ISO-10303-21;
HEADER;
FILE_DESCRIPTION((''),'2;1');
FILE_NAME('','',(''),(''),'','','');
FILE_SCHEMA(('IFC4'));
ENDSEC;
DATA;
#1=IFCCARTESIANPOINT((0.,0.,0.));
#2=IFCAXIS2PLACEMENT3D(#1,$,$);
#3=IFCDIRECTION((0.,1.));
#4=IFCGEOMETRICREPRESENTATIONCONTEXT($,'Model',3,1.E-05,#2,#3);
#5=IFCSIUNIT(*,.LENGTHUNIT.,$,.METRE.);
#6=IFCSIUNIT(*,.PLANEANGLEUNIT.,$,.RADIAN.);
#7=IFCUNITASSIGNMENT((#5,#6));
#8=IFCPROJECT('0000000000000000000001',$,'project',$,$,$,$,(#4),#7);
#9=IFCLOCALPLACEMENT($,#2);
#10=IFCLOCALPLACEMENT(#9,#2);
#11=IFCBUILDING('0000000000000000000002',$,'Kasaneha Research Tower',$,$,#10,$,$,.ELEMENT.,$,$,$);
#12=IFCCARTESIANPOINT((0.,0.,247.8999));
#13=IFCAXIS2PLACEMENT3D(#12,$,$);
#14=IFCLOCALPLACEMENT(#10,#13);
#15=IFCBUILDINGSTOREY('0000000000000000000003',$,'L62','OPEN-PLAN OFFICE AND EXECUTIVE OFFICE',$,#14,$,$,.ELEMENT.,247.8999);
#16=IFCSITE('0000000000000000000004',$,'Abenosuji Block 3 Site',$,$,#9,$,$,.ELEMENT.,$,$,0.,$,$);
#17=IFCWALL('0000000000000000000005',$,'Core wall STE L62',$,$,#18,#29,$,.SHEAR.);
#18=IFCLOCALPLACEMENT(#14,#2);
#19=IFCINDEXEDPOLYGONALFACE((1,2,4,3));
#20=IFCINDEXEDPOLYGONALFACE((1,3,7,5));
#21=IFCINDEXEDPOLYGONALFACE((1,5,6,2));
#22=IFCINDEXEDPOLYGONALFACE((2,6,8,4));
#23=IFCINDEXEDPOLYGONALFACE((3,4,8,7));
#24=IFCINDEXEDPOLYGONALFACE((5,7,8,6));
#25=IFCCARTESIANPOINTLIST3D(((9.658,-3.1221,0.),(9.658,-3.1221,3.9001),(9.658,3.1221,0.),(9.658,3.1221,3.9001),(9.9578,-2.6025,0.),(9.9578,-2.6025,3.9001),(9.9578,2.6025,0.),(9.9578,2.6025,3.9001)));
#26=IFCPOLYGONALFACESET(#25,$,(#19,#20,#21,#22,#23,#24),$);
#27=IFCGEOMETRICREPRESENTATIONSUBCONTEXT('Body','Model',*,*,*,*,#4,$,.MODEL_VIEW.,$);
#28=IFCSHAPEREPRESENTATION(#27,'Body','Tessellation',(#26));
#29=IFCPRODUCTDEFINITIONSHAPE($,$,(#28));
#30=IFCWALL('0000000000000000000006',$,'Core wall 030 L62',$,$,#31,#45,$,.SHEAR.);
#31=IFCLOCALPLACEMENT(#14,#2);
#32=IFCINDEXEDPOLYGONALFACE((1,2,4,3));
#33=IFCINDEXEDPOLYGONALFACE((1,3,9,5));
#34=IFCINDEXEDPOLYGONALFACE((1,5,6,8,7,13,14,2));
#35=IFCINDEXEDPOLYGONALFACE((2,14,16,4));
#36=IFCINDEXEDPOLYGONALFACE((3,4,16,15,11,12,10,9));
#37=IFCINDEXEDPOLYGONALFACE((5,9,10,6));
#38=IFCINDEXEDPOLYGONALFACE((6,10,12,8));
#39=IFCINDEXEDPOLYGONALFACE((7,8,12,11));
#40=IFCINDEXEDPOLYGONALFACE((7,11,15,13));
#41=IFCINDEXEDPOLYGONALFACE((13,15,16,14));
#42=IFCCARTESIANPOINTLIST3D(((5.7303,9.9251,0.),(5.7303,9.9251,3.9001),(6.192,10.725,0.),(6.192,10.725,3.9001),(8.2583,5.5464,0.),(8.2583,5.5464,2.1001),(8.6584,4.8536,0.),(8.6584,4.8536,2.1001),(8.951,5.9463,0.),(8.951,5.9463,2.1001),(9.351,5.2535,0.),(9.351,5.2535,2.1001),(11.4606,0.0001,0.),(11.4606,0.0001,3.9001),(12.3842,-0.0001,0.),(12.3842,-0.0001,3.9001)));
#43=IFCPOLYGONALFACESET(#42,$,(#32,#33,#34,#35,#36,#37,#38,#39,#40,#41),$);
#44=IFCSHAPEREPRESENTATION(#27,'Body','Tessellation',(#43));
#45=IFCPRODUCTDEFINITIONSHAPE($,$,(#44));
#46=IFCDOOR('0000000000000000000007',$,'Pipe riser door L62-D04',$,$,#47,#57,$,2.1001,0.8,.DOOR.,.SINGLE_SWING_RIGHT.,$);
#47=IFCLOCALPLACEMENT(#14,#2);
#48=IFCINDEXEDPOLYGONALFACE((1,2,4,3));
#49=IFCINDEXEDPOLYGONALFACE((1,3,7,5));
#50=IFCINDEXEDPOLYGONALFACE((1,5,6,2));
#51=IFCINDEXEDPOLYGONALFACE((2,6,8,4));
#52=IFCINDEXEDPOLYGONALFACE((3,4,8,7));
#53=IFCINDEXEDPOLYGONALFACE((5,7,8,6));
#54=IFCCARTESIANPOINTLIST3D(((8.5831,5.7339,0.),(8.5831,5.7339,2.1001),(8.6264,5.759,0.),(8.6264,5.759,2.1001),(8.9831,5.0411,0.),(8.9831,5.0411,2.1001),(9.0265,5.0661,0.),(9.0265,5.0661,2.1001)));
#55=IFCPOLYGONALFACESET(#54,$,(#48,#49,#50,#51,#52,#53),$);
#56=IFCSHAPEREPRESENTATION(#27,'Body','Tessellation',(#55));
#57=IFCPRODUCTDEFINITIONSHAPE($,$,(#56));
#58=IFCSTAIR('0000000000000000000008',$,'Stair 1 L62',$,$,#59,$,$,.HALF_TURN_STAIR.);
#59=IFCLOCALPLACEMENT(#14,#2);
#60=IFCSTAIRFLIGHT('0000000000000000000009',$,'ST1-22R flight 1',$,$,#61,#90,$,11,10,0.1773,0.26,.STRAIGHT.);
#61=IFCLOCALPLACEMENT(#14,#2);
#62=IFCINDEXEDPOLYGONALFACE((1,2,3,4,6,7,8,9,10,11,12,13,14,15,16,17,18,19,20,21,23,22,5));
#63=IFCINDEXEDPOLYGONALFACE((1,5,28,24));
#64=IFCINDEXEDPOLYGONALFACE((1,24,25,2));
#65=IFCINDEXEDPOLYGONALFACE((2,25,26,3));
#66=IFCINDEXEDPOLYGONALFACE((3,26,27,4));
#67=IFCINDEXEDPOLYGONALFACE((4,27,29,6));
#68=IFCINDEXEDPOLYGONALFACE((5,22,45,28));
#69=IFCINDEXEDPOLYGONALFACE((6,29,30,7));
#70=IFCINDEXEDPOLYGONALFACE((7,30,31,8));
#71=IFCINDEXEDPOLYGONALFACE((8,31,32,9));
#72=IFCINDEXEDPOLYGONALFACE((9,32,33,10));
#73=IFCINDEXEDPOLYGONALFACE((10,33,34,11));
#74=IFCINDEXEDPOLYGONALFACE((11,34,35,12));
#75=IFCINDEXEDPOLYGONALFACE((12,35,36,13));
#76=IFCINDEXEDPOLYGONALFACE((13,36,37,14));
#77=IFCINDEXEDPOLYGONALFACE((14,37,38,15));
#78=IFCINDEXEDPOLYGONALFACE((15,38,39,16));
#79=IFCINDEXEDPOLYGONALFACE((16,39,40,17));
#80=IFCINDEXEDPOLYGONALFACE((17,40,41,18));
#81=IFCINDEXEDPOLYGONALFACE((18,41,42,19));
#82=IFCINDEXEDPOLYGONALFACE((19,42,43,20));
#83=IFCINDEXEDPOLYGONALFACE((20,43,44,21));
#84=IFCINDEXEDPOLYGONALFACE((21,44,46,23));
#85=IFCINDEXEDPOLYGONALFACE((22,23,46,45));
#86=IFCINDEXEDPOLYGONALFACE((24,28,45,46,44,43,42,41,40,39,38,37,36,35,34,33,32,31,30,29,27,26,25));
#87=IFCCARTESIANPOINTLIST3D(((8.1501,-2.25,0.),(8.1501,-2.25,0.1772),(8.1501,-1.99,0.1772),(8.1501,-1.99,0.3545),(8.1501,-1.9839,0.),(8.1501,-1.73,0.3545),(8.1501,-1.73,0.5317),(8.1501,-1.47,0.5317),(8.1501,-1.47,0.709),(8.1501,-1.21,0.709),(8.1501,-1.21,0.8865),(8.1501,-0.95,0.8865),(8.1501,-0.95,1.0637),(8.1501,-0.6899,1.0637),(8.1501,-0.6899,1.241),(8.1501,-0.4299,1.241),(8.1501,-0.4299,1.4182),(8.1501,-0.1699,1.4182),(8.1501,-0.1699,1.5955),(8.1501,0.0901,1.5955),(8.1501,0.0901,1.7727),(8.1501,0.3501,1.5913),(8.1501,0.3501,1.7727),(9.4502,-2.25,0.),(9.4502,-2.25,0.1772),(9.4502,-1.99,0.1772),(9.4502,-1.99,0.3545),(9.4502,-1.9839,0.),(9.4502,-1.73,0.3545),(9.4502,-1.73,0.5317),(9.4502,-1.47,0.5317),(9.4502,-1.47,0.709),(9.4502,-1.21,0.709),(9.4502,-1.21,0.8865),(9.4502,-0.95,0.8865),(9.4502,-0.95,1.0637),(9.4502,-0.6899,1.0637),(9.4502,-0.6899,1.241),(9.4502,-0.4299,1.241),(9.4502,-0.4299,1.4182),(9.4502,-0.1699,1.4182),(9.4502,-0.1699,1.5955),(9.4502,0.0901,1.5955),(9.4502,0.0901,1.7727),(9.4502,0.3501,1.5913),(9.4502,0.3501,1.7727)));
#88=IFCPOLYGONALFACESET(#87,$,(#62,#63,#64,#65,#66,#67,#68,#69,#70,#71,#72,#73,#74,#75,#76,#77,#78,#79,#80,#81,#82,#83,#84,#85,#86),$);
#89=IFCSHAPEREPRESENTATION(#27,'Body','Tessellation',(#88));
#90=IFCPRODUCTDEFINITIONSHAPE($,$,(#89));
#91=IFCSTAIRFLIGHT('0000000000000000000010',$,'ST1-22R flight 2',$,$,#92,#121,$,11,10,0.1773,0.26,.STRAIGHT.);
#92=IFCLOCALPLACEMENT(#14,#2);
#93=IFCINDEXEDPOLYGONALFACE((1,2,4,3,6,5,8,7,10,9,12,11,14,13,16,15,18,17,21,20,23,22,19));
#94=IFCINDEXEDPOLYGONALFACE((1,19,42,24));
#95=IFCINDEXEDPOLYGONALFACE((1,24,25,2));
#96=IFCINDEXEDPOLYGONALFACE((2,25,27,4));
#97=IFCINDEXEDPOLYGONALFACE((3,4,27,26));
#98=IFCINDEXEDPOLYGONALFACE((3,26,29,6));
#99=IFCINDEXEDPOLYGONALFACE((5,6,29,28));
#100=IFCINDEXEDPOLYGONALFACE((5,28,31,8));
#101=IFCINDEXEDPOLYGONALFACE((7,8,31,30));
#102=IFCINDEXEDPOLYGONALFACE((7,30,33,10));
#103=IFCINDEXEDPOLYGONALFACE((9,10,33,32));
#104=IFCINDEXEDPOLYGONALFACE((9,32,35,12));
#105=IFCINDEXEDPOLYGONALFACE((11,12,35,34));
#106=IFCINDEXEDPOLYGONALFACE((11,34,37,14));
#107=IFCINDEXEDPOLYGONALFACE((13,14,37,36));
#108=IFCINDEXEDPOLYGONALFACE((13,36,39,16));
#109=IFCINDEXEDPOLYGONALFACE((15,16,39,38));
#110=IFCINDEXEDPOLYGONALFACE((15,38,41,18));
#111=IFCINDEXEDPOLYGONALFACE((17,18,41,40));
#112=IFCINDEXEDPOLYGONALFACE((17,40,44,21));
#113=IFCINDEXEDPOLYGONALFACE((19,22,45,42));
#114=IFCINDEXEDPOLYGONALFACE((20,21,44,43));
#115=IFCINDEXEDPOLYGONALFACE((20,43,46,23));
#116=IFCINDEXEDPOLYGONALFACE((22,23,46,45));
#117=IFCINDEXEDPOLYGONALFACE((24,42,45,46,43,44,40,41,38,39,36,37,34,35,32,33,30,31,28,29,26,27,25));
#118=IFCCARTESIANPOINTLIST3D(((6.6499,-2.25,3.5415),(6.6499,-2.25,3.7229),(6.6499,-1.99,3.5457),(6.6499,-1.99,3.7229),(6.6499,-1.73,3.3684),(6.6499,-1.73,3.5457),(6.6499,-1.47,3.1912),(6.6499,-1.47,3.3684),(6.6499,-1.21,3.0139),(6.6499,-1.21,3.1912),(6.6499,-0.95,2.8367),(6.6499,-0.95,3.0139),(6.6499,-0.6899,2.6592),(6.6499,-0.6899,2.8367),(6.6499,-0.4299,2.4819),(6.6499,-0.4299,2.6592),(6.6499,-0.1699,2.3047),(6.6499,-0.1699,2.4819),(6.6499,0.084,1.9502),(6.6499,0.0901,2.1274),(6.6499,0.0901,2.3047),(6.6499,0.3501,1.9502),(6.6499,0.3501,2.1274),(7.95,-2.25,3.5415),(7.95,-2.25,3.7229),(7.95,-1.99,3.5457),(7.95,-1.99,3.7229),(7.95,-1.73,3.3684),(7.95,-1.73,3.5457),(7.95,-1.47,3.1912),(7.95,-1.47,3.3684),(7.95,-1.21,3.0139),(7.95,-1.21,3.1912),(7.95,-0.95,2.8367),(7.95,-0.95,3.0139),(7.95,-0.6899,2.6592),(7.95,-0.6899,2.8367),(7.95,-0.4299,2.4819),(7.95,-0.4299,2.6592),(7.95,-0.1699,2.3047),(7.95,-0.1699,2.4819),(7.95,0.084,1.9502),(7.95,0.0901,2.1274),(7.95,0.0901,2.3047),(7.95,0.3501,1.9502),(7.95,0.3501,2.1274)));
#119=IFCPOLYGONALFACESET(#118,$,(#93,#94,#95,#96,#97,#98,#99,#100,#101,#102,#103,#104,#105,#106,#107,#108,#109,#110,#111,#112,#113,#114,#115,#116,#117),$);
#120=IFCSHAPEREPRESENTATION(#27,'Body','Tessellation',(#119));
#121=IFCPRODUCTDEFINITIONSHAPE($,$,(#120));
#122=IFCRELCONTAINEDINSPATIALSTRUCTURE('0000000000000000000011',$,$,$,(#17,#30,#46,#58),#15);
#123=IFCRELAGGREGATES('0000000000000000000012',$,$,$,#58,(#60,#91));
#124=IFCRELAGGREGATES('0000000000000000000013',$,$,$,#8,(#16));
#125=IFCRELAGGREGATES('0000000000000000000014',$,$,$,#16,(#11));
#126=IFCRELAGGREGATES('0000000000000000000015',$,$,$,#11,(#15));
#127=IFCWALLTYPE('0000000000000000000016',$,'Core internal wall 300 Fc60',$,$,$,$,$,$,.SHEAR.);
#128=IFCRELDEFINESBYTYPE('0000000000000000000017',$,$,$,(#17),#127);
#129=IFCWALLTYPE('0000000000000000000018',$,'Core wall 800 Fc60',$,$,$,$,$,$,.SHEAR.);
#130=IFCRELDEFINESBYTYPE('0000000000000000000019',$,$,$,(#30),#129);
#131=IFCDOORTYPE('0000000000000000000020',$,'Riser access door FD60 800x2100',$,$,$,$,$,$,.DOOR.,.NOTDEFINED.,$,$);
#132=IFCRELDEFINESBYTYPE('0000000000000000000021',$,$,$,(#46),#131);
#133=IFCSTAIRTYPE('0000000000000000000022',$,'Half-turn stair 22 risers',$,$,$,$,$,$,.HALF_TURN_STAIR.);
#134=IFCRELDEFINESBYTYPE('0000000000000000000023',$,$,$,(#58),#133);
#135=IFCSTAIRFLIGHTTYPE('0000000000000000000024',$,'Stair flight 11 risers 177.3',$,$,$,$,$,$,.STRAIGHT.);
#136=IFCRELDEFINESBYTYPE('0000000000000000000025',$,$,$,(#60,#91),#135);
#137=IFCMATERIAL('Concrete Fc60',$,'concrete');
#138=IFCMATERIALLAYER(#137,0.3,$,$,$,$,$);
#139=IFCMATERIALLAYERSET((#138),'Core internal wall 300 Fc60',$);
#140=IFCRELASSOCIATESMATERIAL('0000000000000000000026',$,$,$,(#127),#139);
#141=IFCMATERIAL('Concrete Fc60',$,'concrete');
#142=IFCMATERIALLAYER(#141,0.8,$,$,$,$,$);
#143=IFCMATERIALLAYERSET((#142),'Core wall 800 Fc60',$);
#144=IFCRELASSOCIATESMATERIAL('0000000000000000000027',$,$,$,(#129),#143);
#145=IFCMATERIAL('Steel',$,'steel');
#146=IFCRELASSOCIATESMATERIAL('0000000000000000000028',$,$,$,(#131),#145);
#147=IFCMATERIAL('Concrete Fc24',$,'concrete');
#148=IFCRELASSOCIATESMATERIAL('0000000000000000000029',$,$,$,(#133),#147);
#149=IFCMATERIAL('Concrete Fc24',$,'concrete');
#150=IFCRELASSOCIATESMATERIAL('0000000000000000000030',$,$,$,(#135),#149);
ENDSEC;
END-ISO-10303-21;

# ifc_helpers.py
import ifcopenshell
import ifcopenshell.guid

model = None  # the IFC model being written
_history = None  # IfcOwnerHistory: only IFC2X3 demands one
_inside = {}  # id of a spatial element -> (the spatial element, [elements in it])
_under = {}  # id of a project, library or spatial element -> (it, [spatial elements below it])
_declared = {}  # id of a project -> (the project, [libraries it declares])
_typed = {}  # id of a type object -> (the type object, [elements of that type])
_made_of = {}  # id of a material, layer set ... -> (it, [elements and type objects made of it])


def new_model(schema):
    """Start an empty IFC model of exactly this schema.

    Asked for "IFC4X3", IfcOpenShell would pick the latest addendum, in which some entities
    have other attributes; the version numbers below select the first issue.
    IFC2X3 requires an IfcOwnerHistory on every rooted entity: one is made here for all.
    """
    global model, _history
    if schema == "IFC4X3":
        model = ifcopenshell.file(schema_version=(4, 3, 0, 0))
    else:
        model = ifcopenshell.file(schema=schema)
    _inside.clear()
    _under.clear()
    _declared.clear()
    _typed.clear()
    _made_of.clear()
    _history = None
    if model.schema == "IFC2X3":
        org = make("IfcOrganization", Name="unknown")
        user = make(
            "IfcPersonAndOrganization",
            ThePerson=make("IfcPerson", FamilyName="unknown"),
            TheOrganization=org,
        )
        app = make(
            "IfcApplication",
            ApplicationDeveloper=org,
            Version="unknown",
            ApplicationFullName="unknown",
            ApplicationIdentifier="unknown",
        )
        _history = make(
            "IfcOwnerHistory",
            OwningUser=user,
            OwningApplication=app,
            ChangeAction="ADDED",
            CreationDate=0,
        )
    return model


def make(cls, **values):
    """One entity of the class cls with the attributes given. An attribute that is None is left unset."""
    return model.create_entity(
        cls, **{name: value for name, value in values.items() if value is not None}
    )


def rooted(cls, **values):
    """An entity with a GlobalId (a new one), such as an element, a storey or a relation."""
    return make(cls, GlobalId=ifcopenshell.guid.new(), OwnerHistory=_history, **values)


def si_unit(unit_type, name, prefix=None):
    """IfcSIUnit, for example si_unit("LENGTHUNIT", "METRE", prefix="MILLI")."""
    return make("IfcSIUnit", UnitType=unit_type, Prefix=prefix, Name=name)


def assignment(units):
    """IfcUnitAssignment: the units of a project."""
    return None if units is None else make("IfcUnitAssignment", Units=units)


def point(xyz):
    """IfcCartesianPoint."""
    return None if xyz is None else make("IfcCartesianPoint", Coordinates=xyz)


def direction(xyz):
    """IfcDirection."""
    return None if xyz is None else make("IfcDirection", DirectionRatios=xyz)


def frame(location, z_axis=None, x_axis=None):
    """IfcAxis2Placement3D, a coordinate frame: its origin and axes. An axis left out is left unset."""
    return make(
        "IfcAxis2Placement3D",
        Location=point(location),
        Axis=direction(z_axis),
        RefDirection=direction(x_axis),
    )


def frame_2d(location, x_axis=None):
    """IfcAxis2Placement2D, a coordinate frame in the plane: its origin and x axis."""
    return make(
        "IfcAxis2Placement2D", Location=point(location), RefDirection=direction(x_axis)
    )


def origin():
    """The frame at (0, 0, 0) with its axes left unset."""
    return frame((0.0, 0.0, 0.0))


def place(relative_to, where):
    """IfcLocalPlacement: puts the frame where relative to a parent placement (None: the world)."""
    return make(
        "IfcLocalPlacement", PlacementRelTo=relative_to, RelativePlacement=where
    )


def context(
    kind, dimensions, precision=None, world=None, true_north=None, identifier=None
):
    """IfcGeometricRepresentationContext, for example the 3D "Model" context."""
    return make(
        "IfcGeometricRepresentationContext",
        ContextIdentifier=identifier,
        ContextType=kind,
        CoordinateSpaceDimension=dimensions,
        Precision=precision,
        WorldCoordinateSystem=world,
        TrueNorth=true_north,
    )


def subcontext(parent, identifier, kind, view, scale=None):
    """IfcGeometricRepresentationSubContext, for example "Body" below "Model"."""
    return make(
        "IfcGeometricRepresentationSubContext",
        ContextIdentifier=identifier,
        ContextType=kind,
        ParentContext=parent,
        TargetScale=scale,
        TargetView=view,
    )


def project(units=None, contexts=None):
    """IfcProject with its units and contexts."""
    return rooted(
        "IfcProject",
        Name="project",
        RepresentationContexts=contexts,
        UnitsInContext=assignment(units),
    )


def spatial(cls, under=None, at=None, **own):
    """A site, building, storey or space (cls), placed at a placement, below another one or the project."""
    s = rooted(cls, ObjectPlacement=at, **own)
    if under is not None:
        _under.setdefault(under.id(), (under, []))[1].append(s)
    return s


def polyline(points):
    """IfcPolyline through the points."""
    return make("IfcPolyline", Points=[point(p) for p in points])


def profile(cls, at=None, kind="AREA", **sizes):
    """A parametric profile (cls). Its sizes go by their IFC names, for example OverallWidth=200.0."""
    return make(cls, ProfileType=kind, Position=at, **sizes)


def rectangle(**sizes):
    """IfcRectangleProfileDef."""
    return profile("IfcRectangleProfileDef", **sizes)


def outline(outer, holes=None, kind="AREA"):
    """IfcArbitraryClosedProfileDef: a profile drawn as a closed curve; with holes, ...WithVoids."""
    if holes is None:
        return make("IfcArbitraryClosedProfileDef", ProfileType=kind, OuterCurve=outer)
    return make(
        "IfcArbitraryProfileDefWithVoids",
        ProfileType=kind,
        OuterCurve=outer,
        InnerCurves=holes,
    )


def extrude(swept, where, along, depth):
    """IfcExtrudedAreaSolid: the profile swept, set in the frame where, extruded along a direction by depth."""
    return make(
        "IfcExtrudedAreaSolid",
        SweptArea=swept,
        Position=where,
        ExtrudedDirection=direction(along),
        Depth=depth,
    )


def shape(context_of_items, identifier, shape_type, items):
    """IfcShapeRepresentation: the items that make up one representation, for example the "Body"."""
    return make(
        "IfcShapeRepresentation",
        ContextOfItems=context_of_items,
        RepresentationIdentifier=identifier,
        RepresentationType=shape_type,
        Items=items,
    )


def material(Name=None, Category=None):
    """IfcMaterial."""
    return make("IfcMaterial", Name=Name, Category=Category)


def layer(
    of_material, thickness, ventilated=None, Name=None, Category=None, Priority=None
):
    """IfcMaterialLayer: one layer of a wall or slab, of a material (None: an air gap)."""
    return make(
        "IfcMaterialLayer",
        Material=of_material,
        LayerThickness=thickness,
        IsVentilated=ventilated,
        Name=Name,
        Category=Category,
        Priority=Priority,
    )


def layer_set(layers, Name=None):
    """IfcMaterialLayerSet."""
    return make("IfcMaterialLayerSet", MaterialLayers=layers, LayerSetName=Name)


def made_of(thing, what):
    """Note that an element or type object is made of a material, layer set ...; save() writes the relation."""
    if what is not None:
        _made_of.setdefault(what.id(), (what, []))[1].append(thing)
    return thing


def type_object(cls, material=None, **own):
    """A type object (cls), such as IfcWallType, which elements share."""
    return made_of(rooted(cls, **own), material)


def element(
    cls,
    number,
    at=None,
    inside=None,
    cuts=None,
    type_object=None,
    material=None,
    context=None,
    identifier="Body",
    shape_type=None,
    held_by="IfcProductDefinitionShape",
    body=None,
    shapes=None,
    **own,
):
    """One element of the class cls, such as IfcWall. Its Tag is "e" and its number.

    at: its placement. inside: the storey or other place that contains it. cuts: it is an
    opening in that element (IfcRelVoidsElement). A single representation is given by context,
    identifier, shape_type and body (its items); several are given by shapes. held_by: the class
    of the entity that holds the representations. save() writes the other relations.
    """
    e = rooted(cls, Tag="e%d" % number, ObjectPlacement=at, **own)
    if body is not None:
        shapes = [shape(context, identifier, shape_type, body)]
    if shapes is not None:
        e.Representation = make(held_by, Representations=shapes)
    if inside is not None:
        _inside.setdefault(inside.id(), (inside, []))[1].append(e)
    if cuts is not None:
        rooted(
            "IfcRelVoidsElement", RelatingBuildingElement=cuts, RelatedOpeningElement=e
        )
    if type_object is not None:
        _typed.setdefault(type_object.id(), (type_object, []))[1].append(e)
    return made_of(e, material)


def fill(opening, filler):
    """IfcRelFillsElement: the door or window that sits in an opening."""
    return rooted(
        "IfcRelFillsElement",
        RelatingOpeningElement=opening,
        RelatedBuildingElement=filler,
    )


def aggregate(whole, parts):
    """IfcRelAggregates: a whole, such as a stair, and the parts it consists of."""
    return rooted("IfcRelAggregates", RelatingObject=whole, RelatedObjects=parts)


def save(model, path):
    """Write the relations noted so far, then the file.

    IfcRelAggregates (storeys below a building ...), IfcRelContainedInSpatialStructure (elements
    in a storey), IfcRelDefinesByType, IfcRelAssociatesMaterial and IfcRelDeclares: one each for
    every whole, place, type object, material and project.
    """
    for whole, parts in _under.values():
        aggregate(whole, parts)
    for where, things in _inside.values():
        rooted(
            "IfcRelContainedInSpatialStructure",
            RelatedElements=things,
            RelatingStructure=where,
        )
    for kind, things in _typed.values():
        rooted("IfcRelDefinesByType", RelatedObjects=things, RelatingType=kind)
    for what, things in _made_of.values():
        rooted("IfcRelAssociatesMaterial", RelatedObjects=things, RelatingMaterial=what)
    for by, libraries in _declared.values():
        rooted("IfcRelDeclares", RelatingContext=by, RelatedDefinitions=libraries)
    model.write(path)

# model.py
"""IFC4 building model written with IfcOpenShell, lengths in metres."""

from ifc_helpers import new_model, si_unit, direction, frame, frame_2d, origin, place, context, subcontext, project, spatial, polyline, rectangle, outline, extrude, material, layer, layer_set, type_object, element, fill, aggregate, save


model = new_model("IFC4")

# Units and contexts
model_context = context("Model", 3, precision=1e-05, world=origin(), true_north=direction((0.0, 1.0)))
body_context = subcontext(model_context, "Body", "Model", "MODEL_VIEW")
ifc_project = project(units=[si_unit("LENGTHUNIT", "METRE"), si_unit("PLANEANGLEUNIT", "RADIAN")], contexts=[model_context])

# Site, building, storey
site_placement = place(None, origin())
site = spatial("IfcSite", under=ifc_project, at=site_placement, Name="Abenosuji Block 3 Site", CompositionType="ELEMENT", RefElevation=0.0)
building_placement = place(site_placement, origin())
building = spatial("IfcBuilding", under=site, at=building_placement, Name="Kasaneha Research Tower", CompositionType="ELEMENT")
storey_placement = place(building_placement, frame((0.0, 0.0, 247.8999)))
storey = spatial("IfcBuildingStorey", under=building, at=storey_placement, Name="L62", Description="OPEN-PLAN OFFICE AND EXECUTIVE OFFICE", CompositionType="ELEMENT", Elevation=247.8999)

# Shared definitions
ifc_material_1 = material(Name="Concrete Fc60", Category="concrete")
ifc_layer_1 = layer(ifc_material_1, 0.3)
ifc_layer_set_1 = layer_set([ifc_layer_1], Name="Core internal wall 300 Fc60")
wall_type_1 = type_object("IfcWallType", Name="Core internal wall 300 Fc60", PredefinedType="SHEAR", material=ifc_layer_set_1)

# Wall
wall_1_placement = place(storey_placement, frame((9.8079, -2.8623, 0.0), z_axis=(0.0, 0.0, 1.0), x_axis=(0.0, 1.0, 0.0)))
element("IfcWall", 1, at=wall_1_placement, inside=storey, type_object=wall_type_1, Name="Core wall STE L62", PredefinedType="SHEAR", context=body_context, shape_type="SweptSolid", body=[
    extrude(outline(polyline([(0.2598, -0.1499), (5.4648, -0.1499), (5.9844, 0.1499), (-0.2598, 0.1499), (0.2598, -0.1499)])), origin(), (0.0, 0.0, 1.0), 3.9001),
])

# Wall, opening, door
ifc_material_2 = material(Name="Concrete Fc60", Category="concrete")
ifc_layer_2 = layer(ifc_material_2, 0.8)
ifc_layer_set_2 = layer_set([ifc_layer_2], Name="Core wall 800 Fc60")
wall_type_2 = type_object("IfcWallType", Name="Core wall 800 Fc60", PredefinedType="SHEAR", material=ifc_layer_set_2)
wall_2_placement = place(storey_placement, frame((11.9224, 0.0, 0.0), z_axis=(0.0, 0.0, 1.0), x_axis=(-0.500004, 0.866023, 0.0)))
wall_2 = element("IfcWall", 2, at=wall_2_placement, inside=storey, type_object=wall_type_2, Name="Core wall 030 L62", PredefinedType="SHEAR", context=body_context, shape_type="SweptSolid", body=[
    extrude(outline(polyline([(-0.231, -0.3999), (5.8354, -0.3999), (6.6355, -0.3999), (12.1533, -0.3999), (11.6914, 0.3999), (6.6355, 0.3999), (5.8354, 0.3999), (0.231, 0.3999), (-0.231, -0.3999)])), origin(), (0.0, 0.0, 1.0), 3.9001),
])
opening_1_placement = place(wall_2_placement, frame((5.8354, 0.0, 0.0)))
opening_1 = element("IfcOpeningElement", 3, at=opening_1_placement, cuts=wall_2, PredefinedType="OPENING", context=body_context, shape_type="SweptSolid", body=[
    extrude(rectangle(XDim=0.8, YDim=2.1001, at=frame_2d((0.3999, 1.05))), frame((0.0, 0.4102, 0.0), z_axis=(0.0, -1.0, 0.0), x_axis=(1.0, 0.0, 0.0)), (0.0, 0.0, 1.0), 0.8201),
])
ifc_material_3 = material(Name="Steel", Category="steel")
door_type_1 = type_object("IfcDoorType", Name="Riser access door FD60 800x2100", OperationType="NOTDEFINED", PredefinedType="DOOR", material=ifc_material_3)
door_1_placement = place(opening_1_placement, origin())
door_1 = element("IfcDoor", 4, at=door_1_placement, inside=storey, type_object=door_type_1, Name="Pipe riser door L62-D04", OperationType="SINGLE_SWING_RIGHT", OverallHeight=2.1001, OverallWidth=0.8, PredefinedType="DOOR", context=body_context, shape_type="SweptSolid", body=[
    extrude(rectangle(XDim=0.8, YDim=2.1001, at=frame_2d((0.3999, 1.05))), frame((0.0, 0.0249, 0.0), z_axis=(0.0, -1.0, 0.0), x_axis=(1.0, 0.0, 0.0)), (0.0, 0.0, 1.0), 0.05),
])
fill(opening_1, door_1)

# Stair, stair flights
ifc_material_4 = material(Name="Concrete Fc24", Category="concrete")
stair_type = type_object("IfcStairType", Name="Half-turn stair 22 risers", PredefinedType="HALF_TURN_STAIR", material=ifc_material_4)
stair_placement = place(storey_placement, origin())
stair = element("IfcStair", 5, at=stair_placement, inside=storey, type_object=stair_type, Name="Stair 1 L62", PredefinedType="HALF_TURN_STAIR")
ifc_material_5 = material(Name="Concrete Fc24", Category="concrete")
stair_flight_type = type_object("IfcStairFlightType", Name="Stair flight 11 risers 177.3", PredefinedType="STRAIGHT", material=ifc_material_5)
stair_flight_1_placement = place(storey_placement, frame((8.8, -2.25, 0.0), z_axis=(0.0, 0.0, 1.0), x_axis=(0.0, 1.0, 0.0)))
stair_flight_1 = element("IfcStairFlight", 6, at=stair_flight_1_placement, type_object=stair_flight_type, Name="ST1-22R flight 1", NumberOfRisers=11, NumberOfTreads=10, PredefinedType="STRAIGHT", RiserHeight=0.1773, TreadLength=0.26, context=body_context, shape_type="SweptSolid", body=[
    extrude(outline(polyline([(0.0, 0.0), (0.0, 0.1772), (0.26, 0.1772), (0.26, 0.3545), (0.52, 0.3545), (0.52, 0.5317), (0.78, 0.5317), (0.78, 0.709), (1.04, 0.709), (1.04, 0.8865), (1.3, 0.8865), (1.3, 1.0637), (1.5601, 1.0637), (1.5601, 1.241), (1.8201, 1.241), (1.8201, 1.4182), (2.0801, 1.4182), (2.0801, 1.5955), (2.3401, 1.5955), (2.3401, 1.7727), (2.6001, 1.7727), (2.6001, 1.95), (2.6001, 1.5913), (0.2661, 0.0), (0.0, 0.0)])), frame((0.0, 0.6499, 0.0), z_axis=(0.0, -1.0, 0.0), x_axis=(1.0, 0.0, 0.0)), (0.0, 0.0, 1.0), 1.3),
])
stair_flight_2_placement = place(storey_placement, frame((7.3, 0.3501, 1.9502), z_axis=(0.0, 0.0, 1.0), x_axis=(0.0, -1.0, 0.0)))
stair_flight_2 = element("IfcStairFlight", 7, at=stair_flight_2_placement, type_object=stair_flight_type, Name="ST1-22R flight 2", NumberOfRisers=11, NumberOfTreads=10, PredefinedType="STRAIGHT", RiserHeight=0.1773, TreadLength=0.26, context=body_context, shape_type="SweptSolid", body=[
    extrude(outline(polyline([(0.0, 0.0), (0.0, 0.1772), (0.26, 0.1772), (0.26, 0.3545), (0.52, 0.3545), (0.52, 0.5317), (0.78, 0.5317), (0.78, 0.709), (1.04, 0.709), (1.04, 0.8865), (1.3, 0.8865), (1.3, 1.0637), (1.5601, 1.0637), (1.5601, 1.241), (1.8201, 1.241), (1.8201, 1.4182), (2.0801, 1.4182), (2.0801, 1.5955), (2.3401, 1.5955), (2.3401, 1.7727), (2.6001, 1.7727), (2.6001, 1.95), (2.6001, 1.5913), (0.2661, 0.0), (0.0, 0.0)])), frame((0.0, 0.6499, 0.0), z_axis=(0.0, -1.0, 0.0), x_axis=(1.0, 0.0, 0.0)), (0.0, 0.0, 1.0), 1.3),
])
aggregate(stair, [stair_flight_1, stair_flight_2])

save(model, "model.ifc")
